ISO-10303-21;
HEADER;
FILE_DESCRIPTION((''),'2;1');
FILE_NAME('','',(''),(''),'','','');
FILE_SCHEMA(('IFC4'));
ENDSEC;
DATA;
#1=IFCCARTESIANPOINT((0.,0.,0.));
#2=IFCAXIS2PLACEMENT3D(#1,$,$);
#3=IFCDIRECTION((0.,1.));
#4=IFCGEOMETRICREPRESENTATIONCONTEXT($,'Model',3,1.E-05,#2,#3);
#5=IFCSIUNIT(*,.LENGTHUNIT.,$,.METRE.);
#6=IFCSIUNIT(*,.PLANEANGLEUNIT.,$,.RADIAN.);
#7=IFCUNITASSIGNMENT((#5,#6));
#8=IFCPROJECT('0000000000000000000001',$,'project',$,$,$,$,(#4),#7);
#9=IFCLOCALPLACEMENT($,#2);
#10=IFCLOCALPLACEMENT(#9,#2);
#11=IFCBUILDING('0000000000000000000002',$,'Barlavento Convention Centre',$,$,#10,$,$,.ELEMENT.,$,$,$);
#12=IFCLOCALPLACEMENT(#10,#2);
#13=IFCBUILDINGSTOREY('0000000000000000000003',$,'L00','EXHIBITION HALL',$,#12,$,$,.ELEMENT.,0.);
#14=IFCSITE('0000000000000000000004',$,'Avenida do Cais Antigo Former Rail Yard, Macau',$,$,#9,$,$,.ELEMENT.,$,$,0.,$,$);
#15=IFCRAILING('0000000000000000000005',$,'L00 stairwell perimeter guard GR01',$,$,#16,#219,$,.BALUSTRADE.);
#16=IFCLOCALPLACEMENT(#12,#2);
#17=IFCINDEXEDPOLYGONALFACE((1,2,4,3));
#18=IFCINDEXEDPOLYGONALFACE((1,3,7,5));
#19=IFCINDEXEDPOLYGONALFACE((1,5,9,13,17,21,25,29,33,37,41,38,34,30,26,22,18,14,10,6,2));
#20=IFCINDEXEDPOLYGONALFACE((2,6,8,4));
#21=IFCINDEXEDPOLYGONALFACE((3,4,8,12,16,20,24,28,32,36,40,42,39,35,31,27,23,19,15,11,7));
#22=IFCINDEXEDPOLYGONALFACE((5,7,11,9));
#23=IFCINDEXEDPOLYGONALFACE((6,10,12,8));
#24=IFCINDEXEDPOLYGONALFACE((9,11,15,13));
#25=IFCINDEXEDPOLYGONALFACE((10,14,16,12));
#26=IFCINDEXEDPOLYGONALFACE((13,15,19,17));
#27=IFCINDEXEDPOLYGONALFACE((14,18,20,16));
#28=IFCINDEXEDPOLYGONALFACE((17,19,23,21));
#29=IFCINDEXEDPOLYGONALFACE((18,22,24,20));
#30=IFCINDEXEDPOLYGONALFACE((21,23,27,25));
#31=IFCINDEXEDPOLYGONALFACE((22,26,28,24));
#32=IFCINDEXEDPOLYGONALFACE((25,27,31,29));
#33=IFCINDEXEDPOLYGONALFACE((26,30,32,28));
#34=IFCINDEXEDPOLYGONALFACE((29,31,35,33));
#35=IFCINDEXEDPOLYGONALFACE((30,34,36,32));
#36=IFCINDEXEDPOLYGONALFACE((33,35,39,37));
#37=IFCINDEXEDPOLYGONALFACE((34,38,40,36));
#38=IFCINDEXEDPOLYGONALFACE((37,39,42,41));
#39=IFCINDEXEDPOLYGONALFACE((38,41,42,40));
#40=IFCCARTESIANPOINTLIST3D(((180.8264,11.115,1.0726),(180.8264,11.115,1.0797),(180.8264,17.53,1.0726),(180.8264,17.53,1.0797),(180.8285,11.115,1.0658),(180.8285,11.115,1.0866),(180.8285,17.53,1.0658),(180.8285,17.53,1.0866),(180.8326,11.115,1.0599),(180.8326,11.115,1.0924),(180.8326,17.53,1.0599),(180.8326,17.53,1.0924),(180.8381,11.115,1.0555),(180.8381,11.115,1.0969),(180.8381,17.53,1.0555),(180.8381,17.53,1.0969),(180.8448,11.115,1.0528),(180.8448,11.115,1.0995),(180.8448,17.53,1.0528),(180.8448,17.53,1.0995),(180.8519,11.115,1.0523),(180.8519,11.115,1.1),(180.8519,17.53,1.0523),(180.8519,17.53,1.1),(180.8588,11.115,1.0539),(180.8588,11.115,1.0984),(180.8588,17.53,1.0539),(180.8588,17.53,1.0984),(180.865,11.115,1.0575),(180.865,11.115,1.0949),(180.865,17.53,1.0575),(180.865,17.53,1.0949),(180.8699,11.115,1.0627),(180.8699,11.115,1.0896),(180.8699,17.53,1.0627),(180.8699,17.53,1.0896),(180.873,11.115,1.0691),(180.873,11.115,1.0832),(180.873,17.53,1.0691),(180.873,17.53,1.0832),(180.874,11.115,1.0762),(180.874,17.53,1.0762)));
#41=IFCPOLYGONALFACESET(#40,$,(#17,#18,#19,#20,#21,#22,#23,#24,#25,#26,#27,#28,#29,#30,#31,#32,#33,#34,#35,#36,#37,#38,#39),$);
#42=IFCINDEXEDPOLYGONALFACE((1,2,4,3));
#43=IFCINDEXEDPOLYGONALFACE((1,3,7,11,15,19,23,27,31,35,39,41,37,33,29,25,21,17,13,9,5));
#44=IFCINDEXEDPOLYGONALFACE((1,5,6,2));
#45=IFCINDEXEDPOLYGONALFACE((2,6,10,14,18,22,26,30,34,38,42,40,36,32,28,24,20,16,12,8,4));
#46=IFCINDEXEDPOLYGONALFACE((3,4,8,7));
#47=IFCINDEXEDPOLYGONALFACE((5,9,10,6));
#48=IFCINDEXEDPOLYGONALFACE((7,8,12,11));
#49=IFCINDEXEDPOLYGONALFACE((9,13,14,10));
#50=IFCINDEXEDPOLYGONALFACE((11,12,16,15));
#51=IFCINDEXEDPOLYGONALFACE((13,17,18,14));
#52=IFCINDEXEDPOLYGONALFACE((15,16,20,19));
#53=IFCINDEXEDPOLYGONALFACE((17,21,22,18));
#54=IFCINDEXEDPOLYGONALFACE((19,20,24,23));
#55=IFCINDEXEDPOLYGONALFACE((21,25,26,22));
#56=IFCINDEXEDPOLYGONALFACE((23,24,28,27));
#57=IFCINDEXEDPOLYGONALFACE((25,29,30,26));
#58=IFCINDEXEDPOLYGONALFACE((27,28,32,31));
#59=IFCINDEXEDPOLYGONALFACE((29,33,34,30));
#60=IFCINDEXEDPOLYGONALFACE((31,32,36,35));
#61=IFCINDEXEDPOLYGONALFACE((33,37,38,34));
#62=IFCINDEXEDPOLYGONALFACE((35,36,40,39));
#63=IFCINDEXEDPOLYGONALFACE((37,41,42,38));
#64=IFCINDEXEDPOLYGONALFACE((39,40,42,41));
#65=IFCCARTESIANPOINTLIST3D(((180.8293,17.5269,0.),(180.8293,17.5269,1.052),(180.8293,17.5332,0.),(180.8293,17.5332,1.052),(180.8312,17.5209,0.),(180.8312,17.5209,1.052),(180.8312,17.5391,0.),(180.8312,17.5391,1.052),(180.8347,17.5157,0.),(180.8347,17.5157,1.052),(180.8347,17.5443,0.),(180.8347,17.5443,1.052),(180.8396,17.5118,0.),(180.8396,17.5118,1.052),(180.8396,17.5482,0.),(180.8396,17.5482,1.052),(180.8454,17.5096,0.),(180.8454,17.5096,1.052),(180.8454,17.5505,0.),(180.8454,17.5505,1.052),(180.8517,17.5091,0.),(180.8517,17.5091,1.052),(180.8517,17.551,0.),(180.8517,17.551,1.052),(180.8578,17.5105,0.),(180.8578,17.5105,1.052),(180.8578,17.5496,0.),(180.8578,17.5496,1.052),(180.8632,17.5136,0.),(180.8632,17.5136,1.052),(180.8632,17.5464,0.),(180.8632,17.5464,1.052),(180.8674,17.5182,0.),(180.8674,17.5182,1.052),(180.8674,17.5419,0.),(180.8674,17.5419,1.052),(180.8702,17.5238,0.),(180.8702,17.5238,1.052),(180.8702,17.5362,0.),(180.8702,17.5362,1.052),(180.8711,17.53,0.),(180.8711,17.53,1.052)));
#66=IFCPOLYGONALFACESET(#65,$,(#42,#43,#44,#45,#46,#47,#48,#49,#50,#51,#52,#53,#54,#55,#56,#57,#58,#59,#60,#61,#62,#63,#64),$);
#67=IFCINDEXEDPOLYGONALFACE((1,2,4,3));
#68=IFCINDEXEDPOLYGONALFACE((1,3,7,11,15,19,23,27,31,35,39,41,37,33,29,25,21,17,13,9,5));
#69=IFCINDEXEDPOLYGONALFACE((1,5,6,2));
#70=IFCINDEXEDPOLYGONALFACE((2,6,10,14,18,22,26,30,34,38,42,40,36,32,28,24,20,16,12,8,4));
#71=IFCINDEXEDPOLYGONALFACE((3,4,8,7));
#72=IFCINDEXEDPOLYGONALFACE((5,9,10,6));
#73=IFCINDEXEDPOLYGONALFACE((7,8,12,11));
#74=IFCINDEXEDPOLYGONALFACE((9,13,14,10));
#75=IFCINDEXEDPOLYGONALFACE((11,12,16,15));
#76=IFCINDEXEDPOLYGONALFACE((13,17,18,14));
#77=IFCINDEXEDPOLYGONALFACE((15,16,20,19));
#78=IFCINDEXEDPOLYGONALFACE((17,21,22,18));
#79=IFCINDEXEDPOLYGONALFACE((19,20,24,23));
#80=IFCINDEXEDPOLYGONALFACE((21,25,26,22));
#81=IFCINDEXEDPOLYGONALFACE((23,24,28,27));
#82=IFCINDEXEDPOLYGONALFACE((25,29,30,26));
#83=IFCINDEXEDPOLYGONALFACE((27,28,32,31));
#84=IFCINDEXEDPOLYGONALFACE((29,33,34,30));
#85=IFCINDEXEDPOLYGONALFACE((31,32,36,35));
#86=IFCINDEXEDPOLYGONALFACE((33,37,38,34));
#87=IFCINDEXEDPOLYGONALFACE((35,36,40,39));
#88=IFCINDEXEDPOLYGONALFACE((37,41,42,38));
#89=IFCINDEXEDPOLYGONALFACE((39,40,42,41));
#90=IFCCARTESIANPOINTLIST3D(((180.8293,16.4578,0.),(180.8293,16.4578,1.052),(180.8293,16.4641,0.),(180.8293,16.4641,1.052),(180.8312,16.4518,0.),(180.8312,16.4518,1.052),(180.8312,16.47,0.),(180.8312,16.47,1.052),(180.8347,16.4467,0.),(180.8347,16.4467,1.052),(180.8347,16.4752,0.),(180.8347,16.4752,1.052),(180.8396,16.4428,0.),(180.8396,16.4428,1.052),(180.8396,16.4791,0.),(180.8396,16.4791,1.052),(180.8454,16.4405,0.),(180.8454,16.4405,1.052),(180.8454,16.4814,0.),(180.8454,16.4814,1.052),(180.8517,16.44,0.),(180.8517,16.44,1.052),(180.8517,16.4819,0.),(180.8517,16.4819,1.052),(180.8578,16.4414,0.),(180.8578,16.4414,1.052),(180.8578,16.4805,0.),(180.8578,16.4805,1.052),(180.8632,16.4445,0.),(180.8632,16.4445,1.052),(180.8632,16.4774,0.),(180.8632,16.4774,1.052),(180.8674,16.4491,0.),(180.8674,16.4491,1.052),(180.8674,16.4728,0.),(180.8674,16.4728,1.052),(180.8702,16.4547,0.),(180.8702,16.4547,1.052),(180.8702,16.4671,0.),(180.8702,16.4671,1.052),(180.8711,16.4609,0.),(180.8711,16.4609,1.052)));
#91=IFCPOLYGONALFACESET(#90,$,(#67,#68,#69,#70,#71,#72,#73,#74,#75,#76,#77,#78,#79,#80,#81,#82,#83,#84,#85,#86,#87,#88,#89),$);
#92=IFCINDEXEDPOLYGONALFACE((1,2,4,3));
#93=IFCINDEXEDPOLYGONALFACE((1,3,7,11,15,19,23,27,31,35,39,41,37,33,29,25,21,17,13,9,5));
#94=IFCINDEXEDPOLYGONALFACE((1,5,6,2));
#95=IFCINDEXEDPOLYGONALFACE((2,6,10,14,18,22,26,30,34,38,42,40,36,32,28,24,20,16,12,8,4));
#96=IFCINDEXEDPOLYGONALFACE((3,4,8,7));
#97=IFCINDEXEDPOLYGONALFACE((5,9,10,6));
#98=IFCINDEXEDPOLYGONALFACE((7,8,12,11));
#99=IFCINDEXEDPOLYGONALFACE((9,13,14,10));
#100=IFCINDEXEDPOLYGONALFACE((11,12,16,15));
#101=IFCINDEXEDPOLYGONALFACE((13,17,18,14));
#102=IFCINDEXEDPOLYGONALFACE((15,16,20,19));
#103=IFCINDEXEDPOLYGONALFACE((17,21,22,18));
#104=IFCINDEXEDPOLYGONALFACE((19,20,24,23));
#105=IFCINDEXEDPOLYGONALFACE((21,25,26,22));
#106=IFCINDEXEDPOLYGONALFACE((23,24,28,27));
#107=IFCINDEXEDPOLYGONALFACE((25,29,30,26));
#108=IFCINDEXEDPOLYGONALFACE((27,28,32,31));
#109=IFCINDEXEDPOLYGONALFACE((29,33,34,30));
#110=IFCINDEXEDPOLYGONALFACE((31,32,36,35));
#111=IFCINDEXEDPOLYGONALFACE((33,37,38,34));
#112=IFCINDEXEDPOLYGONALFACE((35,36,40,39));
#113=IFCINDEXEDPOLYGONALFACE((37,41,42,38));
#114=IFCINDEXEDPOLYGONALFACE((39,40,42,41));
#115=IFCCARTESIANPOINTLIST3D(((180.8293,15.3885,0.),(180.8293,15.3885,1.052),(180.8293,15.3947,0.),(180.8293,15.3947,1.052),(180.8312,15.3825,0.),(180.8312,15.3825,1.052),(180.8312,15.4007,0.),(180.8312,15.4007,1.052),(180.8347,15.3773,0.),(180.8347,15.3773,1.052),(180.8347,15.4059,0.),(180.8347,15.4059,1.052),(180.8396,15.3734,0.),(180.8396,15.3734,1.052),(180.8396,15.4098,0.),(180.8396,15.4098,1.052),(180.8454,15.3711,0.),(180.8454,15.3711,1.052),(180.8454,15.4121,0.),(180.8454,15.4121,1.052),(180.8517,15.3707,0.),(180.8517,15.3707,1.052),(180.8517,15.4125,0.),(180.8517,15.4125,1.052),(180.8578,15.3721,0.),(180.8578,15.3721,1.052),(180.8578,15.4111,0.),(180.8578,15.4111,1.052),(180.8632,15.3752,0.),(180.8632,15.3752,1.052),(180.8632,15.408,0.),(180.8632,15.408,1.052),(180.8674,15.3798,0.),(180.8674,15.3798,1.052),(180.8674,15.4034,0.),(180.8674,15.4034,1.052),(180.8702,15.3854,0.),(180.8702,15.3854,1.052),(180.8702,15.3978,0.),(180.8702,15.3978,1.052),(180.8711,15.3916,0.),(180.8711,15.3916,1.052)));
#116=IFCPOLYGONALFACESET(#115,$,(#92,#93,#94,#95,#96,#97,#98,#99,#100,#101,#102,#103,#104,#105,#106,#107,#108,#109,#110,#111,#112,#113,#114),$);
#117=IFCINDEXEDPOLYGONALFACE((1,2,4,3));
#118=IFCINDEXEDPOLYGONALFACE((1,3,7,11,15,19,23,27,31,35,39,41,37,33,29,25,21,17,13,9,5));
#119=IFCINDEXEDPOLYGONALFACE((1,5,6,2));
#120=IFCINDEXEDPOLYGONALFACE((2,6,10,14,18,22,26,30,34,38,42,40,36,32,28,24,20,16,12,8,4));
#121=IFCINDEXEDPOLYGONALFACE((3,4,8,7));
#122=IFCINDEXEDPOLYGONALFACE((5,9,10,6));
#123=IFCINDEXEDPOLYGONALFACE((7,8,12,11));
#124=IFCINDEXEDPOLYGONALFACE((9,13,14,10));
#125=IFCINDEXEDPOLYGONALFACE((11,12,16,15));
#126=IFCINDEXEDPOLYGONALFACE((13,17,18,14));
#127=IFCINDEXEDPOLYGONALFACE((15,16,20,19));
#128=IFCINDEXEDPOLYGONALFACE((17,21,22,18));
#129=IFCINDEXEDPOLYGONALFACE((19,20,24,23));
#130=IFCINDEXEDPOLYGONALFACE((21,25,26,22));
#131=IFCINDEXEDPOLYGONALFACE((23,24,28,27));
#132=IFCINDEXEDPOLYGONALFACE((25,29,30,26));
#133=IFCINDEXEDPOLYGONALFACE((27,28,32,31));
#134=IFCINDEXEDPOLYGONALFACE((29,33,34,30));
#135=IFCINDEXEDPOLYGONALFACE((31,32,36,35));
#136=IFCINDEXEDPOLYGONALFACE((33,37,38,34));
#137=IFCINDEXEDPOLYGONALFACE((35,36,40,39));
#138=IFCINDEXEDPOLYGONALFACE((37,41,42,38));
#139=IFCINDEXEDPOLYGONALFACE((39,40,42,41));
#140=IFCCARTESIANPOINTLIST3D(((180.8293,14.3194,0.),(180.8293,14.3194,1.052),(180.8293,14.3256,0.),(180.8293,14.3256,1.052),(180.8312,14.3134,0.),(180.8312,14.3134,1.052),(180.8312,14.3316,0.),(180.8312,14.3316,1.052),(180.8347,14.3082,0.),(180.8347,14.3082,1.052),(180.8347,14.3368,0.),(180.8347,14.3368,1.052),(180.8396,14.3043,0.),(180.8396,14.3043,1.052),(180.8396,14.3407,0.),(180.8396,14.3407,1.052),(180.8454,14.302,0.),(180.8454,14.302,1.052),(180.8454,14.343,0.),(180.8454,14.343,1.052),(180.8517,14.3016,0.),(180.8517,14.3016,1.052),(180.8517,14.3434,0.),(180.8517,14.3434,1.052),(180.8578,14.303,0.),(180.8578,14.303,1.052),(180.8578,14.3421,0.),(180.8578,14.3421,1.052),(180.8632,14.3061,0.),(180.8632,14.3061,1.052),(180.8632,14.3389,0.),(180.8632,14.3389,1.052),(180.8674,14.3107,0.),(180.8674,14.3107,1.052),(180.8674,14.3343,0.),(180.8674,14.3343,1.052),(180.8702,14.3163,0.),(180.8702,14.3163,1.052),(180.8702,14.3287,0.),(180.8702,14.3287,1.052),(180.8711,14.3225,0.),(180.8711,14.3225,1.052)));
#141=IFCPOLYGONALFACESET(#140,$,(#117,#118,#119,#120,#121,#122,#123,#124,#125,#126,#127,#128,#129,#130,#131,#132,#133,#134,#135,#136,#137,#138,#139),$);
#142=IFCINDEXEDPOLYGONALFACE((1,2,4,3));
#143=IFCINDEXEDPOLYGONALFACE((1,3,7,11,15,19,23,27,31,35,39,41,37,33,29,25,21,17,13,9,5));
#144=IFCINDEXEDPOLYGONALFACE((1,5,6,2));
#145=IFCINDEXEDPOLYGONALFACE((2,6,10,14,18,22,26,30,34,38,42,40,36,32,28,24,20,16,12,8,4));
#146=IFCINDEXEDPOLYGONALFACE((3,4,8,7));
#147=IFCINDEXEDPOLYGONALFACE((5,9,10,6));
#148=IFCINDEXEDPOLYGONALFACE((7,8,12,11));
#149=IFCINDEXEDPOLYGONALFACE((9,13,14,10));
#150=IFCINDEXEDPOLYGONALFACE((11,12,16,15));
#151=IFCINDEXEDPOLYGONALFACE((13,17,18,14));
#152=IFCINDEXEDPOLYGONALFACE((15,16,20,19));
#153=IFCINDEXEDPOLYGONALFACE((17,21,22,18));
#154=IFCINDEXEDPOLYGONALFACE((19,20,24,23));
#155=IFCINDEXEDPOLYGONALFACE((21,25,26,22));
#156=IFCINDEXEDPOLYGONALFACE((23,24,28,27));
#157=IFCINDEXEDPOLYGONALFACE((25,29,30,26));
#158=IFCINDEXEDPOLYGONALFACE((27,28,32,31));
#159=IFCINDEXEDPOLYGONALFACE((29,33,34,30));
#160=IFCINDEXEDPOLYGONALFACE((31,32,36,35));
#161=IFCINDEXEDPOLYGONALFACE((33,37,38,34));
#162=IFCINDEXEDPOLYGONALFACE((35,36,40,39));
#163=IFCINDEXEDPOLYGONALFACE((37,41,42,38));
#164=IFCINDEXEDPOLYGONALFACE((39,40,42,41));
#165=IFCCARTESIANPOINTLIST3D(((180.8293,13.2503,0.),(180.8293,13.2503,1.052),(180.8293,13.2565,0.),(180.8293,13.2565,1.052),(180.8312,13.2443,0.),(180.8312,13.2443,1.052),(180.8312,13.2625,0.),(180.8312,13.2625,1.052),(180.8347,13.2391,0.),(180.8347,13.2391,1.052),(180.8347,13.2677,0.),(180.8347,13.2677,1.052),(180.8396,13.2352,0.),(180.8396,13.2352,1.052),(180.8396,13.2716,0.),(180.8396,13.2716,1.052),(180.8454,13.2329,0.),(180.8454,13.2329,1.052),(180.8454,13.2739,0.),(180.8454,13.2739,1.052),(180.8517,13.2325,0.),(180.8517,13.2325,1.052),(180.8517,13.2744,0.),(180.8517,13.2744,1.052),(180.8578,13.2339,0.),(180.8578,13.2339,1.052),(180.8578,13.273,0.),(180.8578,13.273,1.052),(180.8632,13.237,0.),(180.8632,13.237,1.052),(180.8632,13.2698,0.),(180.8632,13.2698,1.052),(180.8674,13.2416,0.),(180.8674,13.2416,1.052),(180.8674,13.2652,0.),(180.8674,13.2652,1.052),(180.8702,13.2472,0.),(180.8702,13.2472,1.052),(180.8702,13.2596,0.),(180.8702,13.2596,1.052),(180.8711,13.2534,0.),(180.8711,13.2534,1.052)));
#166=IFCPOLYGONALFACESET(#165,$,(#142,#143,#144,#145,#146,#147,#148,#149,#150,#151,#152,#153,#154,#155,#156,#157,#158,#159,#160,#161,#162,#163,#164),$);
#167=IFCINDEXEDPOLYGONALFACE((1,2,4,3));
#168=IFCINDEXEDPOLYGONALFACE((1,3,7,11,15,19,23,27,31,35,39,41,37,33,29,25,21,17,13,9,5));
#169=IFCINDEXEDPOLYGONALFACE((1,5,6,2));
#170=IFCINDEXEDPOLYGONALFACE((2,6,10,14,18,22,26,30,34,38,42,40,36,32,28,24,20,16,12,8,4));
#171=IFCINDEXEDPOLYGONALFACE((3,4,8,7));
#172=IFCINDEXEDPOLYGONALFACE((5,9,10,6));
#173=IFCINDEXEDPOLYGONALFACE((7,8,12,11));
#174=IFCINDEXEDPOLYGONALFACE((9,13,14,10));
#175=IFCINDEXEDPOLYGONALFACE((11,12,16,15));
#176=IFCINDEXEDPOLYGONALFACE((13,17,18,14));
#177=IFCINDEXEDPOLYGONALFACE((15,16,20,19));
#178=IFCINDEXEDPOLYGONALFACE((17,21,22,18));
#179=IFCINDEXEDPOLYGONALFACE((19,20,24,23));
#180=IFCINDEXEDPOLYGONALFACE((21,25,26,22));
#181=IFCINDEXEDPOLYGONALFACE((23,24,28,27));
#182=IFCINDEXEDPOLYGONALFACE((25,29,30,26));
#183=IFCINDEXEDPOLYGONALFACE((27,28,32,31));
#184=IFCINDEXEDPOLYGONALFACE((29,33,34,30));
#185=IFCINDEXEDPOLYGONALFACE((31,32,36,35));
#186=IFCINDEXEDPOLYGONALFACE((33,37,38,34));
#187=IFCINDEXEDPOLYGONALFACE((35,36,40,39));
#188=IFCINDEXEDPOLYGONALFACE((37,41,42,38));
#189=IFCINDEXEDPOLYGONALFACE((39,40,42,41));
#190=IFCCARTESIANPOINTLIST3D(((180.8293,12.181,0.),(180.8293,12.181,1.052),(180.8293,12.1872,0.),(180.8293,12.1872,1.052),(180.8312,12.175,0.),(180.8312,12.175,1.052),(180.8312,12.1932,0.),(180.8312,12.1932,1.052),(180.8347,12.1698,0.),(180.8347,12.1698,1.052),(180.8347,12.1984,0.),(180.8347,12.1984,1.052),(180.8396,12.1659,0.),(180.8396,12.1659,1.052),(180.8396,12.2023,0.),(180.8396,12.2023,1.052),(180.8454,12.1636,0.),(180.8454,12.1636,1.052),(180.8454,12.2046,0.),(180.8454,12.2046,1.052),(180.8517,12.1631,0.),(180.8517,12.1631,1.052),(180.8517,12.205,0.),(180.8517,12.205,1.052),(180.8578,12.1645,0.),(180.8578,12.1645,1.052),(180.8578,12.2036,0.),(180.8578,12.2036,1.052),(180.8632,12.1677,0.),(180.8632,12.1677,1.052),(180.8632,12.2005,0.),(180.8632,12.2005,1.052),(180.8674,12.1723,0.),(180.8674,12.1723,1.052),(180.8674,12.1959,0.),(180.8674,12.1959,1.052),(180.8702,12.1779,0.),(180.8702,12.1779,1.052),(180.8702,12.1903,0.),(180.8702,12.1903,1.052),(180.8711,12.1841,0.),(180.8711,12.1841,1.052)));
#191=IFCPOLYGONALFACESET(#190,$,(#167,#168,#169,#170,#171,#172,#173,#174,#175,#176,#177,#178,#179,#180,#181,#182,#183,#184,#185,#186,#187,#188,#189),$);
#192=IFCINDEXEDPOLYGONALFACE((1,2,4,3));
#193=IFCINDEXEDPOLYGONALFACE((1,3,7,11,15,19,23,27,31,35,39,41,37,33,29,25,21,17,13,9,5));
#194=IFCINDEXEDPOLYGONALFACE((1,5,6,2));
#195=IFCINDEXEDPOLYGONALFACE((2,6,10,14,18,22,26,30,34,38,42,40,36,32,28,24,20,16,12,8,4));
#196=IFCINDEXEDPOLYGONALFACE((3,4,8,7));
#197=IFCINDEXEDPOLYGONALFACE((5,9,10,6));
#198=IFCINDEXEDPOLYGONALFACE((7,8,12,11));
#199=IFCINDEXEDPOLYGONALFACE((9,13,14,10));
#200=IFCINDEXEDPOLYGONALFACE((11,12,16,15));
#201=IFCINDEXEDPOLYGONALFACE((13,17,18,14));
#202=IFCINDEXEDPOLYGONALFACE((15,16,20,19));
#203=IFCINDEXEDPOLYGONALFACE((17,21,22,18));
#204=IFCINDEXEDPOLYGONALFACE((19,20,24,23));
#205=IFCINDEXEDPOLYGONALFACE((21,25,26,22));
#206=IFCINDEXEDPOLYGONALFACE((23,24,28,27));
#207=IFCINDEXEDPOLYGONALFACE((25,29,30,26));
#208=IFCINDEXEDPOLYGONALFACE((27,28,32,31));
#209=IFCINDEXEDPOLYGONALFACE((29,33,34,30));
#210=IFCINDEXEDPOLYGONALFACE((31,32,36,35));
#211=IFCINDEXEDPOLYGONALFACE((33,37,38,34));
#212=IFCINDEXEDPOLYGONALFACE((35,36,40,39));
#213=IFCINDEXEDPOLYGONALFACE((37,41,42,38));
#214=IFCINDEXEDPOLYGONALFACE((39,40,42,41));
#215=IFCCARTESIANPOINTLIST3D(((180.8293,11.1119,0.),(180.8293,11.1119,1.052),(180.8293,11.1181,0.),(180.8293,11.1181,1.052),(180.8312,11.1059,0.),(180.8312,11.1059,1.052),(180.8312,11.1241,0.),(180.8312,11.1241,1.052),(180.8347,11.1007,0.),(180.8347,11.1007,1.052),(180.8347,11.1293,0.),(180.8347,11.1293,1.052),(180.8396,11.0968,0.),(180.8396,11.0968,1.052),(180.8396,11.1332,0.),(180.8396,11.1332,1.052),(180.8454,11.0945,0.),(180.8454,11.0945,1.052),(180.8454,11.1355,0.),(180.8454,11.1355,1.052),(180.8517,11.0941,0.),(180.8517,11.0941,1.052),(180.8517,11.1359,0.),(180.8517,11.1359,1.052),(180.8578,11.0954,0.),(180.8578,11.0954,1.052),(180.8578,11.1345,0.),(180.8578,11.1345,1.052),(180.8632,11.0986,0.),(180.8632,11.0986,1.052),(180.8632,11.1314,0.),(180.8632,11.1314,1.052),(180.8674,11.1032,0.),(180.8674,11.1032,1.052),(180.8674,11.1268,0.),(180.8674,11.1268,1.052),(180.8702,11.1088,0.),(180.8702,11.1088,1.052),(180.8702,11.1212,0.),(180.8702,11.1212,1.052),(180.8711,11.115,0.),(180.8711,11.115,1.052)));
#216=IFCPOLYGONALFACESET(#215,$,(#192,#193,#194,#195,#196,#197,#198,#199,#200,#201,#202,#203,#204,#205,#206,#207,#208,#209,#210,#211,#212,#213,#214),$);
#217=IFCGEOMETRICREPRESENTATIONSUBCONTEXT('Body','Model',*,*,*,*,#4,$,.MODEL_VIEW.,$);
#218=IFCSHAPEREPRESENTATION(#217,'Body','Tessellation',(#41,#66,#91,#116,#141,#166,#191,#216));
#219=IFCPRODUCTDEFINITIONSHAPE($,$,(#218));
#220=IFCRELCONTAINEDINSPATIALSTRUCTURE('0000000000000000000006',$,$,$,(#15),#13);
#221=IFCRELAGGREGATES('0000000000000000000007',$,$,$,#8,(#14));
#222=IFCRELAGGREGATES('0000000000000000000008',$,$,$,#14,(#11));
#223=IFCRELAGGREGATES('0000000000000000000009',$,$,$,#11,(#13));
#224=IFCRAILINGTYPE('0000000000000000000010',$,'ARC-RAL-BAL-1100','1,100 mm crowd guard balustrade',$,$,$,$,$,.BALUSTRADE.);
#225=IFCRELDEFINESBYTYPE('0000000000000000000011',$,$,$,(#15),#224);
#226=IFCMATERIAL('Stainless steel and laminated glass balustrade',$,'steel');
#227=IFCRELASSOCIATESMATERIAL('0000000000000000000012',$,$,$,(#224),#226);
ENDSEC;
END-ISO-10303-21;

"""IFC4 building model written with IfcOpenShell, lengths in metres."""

from ifc_helpers import new_model, si_unit, direction, frame, origin, origin_2d, place, context, subcontext, project, spatial, circle, extrude, material, type_object, element, save


model = new_model("IFC4")

# Units and contexts
model_context = context("Model", 3, precision=1e-05, world=origin(), true_north=direction((0.0, 1.0)))
body_context = subcontext(model_context, "Body", "Model", "MODEL_VIEW")
ifc_project = project(units=[si_unit("LENGTHUNIT", "METRE"), si_unit("PLANEANGLEUNIT", "RADIAN")], contexts=[model_context])

# Site, building, storey
site_placement = place(None, origin())
site = spatial("IfcSite", under=ifc_project, at=site_placement, Name="Avenida do Cais Antigo Former Rail Yard, Macau", CompositionType="ELEMENT", RefElevation=0.0)
building_placement = place(site_placement, origin())
building = spatial("IfcBuilding", under=site, at=building_placement, Name="Barlavento Convention Centre", CompositionType="ELEMENT")
storey_placement = place(building_placement, origin())
storey = spatial("IfcBuildingStorey", under=building, at=storey_placement, Name="L00", Description="EXHIBITION HALL", CompositionType="ELEMENT", Elevation=0.0)

# Railing
ifc_material_1 = material(Name="Stainless steel and laminated glass balustrade", Category="steel")
railing_type = type_object("IfcRailingType", Name="ARC-RAL-BAL-1100", Description="1,100 mm crowd guard balustrade", PredefinedType="BALUSTRADE", material=ifc_material_1)
railing_1_placement = place(storey_placement, frame((180.8501, 17.53, 0.0)))
element("IfcRailing", 1, at=railing_1_placement, inside=storey, type_object=railing_type, Name="L00 stairwell perimeter guard GR01", PredefinedType="BALUSTRADE", context=body_context, shape_type="SweptSolid", body=[
    extrude(circle(Radius=0.0239, at=origin_2d()), frame((0.0, 0.0, 1.0762), z_axis=(0.0, -1.0, 0.0), x_axis=(1.0, 0.0, 0.0)), (0.0, 0.0, 1.0), 6.415),
    extrude(circle(Radius=0.021, at=origin_2d()), origin(), (0.0, 0.0, 1.0), 1.052),
    extrude(circle(Radius=0.021, at=origin_2d()), frame((0.0, -1.0691, 0.0)), (0.0, 0.0, 1.0), 1.052),
    extrude(circle(Radius=0.021, at=origin_2d()), frame((0.0, -2.1384, 0.0)), (0.0, 0.0, 1.0), 1.052),
    extrude(circle(Radius=0.021, at=origin_2d()), frame((0.0, -3.2075, 0.0)), (0.0, 0.0, 1.0), 1.052),
    extrude(circle(Radius=0.021, at=origin_2d()), frame((0.0, -4.2766, 0.0)), (0.0, 0.0, 1.0), 1.052),
    extrude(circle(Radius=0.021, at=origin_2d()), frame((0.0, -5.3459, 0.0)), (0.0, 0.0, 1.0), 1.052),
    extrude(circle(Radius=0.021, at=origin_2d()), frame((0.0, -6.415, 0.0)), (0.0, 0.0, 1.0), 1.052),
])

save(model, "model.ifc")
